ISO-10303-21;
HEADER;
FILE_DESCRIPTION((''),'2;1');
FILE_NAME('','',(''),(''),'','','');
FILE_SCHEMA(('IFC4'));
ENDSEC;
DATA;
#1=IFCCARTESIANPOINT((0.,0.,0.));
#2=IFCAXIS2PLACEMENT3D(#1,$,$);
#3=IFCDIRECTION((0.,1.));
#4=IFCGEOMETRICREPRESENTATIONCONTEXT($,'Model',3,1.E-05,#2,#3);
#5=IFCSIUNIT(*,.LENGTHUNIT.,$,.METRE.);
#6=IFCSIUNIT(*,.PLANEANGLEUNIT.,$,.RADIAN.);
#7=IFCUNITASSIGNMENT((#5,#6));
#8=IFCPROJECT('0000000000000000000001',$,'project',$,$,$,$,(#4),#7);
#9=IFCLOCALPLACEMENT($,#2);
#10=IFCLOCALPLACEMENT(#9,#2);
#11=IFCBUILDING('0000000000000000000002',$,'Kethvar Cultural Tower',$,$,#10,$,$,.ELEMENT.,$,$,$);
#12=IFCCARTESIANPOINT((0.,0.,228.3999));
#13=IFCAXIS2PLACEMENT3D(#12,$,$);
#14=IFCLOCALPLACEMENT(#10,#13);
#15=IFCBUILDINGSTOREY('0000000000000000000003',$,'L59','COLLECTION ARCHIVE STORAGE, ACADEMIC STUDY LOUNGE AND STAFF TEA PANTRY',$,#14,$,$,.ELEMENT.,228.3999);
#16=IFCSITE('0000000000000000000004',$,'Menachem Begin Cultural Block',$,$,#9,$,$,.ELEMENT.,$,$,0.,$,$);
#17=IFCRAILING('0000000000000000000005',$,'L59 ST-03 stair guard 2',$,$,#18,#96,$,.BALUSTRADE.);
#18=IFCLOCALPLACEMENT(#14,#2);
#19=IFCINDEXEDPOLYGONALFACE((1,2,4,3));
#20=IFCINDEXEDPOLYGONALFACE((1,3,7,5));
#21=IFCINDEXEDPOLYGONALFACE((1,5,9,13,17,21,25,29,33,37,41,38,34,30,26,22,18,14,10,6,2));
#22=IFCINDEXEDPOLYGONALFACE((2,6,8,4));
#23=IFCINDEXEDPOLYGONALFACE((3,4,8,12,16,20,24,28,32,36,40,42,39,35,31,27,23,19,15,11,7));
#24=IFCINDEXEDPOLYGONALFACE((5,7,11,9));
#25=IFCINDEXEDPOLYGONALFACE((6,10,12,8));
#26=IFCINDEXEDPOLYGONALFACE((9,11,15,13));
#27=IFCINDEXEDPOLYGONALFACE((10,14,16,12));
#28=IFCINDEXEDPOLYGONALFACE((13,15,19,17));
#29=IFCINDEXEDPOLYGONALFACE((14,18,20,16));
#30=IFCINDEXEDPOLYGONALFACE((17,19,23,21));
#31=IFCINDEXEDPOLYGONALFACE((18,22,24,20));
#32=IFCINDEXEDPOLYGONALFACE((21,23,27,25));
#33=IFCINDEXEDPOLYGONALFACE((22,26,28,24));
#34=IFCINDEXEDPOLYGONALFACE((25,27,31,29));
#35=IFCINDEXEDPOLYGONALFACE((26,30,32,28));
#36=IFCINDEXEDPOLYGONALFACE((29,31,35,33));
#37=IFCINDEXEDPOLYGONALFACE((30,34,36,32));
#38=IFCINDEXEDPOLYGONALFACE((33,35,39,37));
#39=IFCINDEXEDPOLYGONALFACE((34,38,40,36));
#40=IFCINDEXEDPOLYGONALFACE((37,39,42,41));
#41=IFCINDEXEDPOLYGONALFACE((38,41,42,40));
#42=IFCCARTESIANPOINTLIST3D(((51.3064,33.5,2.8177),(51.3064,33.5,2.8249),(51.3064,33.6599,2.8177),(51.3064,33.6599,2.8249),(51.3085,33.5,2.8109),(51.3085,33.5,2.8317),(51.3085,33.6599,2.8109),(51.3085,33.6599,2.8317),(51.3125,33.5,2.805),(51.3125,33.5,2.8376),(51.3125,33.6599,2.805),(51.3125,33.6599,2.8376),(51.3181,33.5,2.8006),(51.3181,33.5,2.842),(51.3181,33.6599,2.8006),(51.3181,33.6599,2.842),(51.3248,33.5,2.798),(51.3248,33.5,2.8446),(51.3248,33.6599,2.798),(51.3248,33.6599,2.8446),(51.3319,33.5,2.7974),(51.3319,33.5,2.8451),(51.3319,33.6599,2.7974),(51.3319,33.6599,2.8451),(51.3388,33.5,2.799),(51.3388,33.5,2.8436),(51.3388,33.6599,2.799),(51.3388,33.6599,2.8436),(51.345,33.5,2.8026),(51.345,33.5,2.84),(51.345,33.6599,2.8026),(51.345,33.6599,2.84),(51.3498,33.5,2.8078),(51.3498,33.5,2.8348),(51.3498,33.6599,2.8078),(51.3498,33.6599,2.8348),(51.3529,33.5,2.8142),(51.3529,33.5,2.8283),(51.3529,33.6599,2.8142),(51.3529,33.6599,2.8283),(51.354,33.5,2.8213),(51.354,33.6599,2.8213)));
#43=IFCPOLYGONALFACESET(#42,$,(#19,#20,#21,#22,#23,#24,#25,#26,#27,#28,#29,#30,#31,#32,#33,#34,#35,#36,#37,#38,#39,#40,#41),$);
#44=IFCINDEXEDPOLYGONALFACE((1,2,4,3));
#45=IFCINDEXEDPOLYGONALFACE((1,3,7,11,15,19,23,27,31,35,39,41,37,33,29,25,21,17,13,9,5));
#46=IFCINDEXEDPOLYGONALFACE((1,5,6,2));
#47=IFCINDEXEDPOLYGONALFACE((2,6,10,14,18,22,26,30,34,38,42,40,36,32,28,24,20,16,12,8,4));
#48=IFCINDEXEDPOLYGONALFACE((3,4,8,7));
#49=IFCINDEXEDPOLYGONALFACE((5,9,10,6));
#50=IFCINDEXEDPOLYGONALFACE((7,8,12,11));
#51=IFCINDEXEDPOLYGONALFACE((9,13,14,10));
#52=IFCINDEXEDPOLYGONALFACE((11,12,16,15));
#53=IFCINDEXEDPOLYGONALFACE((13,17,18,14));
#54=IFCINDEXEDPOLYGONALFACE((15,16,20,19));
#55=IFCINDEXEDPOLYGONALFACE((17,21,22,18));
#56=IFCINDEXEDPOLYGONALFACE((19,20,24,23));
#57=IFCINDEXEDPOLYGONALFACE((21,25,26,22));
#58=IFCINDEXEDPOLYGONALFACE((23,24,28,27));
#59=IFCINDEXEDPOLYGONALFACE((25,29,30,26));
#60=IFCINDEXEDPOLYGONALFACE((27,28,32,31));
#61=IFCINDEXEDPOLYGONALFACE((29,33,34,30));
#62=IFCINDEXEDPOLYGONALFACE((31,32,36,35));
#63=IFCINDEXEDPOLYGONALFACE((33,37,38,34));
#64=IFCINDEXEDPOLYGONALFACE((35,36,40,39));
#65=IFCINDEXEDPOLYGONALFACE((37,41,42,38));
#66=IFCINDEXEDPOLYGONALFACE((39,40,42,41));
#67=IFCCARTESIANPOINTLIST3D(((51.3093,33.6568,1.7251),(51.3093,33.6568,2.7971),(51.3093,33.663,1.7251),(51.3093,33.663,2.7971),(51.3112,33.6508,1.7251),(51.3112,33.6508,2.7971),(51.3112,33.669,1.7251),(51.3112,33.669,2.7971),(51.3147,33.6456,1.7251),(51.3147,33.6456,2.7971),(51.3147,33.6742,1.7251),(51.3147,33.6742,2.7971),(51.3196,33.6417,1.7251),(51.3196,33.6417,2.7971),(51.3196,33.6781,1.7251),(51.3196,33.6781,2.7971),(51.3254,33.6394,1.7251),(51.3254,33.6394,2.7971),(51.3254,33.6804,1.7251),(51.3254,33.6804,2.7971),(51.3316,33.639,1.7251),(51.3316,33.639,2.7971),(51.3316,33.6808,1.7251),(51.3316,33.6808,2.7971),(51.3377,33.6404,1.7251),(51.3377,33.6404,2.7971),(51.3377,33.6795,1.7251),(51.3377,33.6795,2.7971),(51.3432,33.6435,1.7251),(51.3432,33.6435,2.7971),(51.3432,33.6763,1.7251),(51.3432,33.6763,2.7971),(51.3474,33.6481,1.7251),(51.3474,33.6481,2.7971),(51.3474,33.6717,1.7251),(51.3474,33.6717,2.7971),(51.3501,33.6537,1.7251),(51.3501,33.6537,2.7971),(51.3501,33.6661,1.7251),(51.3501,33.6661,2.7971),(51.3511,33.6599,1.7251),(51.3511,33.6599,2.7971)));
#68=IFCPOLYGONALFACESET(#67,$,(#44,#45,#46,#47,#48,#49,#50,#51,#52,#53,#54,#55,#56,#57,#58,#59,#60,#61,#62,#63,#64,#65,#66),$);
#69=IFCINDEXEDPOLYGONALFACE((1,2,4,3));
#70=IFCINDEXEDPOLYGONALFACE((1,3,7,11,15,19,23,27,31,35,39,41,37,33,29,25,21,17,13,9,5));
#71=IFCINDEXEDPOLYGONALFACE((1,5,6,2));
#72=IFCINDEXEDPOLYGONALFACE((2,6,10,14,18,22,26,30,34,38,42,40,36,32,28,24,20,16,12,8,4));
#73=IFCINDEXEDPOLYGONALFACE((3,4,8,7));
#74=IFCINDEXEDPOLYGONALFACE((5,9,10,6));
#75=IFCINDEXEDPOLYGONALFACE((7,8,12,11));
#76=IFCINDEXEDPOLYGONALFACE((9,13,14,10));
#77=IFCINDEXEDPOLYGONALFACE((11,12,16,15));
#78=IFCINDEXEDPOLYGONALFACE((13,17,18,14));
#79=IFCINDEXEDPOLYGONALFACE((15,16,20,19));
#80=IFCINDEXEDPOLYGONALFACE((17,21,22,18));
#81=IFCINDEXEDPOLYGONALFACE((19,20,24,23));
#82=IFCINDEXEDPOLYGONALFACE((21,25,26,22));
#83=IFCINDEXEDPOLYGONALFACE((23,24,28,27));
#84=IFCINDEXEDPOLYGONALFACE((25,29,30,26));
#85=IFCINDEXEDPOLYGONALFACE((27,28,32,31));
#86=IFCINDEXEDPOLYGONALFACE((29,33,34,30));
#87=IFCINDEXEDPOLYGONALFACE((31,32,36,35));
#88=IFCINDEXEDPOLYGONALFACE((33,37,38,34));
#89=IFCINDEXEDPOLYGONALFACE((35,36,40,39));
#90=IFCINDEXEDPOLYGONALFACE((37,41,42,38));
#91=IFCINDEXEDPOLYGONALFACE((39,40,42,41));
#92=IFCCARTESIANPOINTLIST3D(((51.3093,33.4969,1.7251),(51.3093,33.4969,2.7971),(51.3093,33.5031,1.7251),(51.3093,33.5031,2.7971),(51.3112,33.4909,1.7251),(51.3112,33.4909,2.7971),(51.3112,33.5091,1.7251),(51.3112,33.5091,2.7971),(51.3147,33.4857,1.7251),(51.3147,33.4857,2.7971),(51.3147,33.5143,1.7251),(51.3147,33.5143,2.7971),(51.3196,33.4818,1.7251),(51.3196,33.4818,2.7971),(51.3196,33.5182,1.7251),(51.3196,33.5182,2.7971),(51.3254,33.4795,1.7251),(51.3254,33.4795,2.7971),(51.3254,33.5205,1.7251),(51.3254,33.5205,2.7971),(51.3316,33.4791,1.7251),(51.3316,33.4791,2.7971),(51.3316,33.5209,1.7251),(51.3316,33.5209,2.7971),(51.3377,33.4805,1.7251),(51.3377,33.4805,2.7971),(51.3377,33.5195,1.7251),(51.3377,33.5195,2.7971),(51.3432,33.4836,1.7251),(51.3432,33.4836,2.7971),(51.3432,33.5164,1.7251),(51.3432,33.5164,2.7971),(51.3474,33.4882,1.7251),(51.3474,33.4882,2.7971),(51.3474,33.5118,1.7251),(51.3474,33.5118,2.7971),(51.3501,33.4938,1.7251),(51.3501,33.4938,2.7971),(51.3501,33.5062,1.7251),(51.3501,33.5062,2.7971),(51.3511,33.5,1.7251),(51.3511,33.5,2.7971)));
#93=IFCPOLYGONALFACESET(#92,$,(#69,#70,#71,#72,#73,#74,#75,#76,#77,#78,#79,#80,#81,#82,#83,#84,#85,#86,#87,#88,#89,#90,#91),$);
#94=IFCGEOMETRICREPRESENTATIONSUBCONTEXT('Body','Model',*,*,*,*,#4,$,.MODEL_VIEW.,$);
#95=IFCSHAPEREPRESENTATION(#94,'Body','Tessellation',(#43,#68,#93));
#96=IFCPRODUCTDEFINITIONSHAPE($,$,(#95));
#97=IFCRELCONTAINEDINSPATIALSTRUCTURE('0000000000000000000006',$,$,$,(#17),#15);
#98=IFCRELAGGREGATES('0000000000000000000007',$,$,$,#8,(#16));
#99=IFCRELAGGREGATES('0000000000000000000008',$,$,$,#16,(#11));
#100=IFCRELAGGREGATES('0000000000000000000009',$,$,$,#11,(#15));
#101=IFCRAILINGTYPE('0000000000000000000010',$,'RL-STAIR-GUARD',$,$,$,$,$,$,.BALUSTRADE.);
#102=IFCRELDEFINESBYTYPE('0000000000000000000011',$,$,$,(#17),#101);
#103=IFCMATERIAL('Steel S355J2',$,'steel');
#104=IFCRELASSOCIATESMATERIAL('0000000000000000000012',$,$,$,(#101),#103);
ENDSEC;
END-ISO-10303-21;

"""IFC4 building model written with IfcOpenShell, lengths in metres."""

from ifc_helpers import new_model, si_unit, direction, frame, origin, origin_2d, place, context, subcontext, project, spatial, circle, extrude, material, type_object, element, save


model = new_model("IFC4")

# Units and contexts
model_context = context("Model", 3, precision=1e-05, world=origin(), true_north=direction((0.0, 1.0)))
body_context = subcontext(model_context, "Body", "Model", "MODEL_VIEW")
ifc_project = project(units=[si_unit("LENGTHUNIT", "METRE"), si_unit("PLANEANGLEUNIT", "RADIAN")], contexts=[model_context])

# Site, building, storey
site_placement = place(None, origin())
site = spatial("IfcSite", under=ifc_project, at=site_placement, Name="Menachem Begin Cultural Block", CompositionType="ELEMENT", RefElevation=0.0)
building_placement = place(site_placement, origin())
building = spatial("IfcBuilding", under=site, at=building_placement, Name="Kethvar Cultural Tower", CompositionType="ELEMENT")
storey_placement = place(building_placement, frame((0.0, 0.0, 228.3999)))
storey = spatial("IfcBuildingStorey", under=building, at=storey_placement, Name="L59", Description="COLLECTION ARCHIVE STORAGE, ACADEMIC STUDY LOUNGE AND STAFF TEA PANTRY", CompositionType="ELEMENT", Elevation=228.3999)

# Shared definitions
ifc_material_1 = material(Name="Steel S355J2", Category="steel")

# Railing
railing_type_1 = type_object("IfcRailingType", Name="RL-STAIR-GUARD", PredefinedType="BALUSTRADE", material=ifc_material_1)
railing_1_placement = place(storey_placement, frame((51.3301, 33.6599, 1.7251)))
element("IfcRailing", 1, at=railing_1_placement, inside=storey, type_object=railing_type_1, Name="L59 ST-03 stair guard 2", PredefinedType="BALUSTRADE", context=body_context, shape_type="SweptSolid", body=[
    extrude(circle(Radius=0.0239, at=origin_2d()), frame((0.0, 0.0, 1.0962), z_axis=(0.0, -1.0, 0.0), x_axis=(1.0, 0.0, 0.0)), (0.0, 0.0, 1.0), 0.1599),
    extrude(circle(Radius=0.021, at=origin_2d()), origin(), (0.0, 0.0, 1.0), 1.072),
    extrude(circle(Radius=0.021, at=origin_2d()), frame((0.0, -0.1599, 0.0)), (0.0, 0.0, 1.0), 1.072),
])

save(model, "model.ifc")
